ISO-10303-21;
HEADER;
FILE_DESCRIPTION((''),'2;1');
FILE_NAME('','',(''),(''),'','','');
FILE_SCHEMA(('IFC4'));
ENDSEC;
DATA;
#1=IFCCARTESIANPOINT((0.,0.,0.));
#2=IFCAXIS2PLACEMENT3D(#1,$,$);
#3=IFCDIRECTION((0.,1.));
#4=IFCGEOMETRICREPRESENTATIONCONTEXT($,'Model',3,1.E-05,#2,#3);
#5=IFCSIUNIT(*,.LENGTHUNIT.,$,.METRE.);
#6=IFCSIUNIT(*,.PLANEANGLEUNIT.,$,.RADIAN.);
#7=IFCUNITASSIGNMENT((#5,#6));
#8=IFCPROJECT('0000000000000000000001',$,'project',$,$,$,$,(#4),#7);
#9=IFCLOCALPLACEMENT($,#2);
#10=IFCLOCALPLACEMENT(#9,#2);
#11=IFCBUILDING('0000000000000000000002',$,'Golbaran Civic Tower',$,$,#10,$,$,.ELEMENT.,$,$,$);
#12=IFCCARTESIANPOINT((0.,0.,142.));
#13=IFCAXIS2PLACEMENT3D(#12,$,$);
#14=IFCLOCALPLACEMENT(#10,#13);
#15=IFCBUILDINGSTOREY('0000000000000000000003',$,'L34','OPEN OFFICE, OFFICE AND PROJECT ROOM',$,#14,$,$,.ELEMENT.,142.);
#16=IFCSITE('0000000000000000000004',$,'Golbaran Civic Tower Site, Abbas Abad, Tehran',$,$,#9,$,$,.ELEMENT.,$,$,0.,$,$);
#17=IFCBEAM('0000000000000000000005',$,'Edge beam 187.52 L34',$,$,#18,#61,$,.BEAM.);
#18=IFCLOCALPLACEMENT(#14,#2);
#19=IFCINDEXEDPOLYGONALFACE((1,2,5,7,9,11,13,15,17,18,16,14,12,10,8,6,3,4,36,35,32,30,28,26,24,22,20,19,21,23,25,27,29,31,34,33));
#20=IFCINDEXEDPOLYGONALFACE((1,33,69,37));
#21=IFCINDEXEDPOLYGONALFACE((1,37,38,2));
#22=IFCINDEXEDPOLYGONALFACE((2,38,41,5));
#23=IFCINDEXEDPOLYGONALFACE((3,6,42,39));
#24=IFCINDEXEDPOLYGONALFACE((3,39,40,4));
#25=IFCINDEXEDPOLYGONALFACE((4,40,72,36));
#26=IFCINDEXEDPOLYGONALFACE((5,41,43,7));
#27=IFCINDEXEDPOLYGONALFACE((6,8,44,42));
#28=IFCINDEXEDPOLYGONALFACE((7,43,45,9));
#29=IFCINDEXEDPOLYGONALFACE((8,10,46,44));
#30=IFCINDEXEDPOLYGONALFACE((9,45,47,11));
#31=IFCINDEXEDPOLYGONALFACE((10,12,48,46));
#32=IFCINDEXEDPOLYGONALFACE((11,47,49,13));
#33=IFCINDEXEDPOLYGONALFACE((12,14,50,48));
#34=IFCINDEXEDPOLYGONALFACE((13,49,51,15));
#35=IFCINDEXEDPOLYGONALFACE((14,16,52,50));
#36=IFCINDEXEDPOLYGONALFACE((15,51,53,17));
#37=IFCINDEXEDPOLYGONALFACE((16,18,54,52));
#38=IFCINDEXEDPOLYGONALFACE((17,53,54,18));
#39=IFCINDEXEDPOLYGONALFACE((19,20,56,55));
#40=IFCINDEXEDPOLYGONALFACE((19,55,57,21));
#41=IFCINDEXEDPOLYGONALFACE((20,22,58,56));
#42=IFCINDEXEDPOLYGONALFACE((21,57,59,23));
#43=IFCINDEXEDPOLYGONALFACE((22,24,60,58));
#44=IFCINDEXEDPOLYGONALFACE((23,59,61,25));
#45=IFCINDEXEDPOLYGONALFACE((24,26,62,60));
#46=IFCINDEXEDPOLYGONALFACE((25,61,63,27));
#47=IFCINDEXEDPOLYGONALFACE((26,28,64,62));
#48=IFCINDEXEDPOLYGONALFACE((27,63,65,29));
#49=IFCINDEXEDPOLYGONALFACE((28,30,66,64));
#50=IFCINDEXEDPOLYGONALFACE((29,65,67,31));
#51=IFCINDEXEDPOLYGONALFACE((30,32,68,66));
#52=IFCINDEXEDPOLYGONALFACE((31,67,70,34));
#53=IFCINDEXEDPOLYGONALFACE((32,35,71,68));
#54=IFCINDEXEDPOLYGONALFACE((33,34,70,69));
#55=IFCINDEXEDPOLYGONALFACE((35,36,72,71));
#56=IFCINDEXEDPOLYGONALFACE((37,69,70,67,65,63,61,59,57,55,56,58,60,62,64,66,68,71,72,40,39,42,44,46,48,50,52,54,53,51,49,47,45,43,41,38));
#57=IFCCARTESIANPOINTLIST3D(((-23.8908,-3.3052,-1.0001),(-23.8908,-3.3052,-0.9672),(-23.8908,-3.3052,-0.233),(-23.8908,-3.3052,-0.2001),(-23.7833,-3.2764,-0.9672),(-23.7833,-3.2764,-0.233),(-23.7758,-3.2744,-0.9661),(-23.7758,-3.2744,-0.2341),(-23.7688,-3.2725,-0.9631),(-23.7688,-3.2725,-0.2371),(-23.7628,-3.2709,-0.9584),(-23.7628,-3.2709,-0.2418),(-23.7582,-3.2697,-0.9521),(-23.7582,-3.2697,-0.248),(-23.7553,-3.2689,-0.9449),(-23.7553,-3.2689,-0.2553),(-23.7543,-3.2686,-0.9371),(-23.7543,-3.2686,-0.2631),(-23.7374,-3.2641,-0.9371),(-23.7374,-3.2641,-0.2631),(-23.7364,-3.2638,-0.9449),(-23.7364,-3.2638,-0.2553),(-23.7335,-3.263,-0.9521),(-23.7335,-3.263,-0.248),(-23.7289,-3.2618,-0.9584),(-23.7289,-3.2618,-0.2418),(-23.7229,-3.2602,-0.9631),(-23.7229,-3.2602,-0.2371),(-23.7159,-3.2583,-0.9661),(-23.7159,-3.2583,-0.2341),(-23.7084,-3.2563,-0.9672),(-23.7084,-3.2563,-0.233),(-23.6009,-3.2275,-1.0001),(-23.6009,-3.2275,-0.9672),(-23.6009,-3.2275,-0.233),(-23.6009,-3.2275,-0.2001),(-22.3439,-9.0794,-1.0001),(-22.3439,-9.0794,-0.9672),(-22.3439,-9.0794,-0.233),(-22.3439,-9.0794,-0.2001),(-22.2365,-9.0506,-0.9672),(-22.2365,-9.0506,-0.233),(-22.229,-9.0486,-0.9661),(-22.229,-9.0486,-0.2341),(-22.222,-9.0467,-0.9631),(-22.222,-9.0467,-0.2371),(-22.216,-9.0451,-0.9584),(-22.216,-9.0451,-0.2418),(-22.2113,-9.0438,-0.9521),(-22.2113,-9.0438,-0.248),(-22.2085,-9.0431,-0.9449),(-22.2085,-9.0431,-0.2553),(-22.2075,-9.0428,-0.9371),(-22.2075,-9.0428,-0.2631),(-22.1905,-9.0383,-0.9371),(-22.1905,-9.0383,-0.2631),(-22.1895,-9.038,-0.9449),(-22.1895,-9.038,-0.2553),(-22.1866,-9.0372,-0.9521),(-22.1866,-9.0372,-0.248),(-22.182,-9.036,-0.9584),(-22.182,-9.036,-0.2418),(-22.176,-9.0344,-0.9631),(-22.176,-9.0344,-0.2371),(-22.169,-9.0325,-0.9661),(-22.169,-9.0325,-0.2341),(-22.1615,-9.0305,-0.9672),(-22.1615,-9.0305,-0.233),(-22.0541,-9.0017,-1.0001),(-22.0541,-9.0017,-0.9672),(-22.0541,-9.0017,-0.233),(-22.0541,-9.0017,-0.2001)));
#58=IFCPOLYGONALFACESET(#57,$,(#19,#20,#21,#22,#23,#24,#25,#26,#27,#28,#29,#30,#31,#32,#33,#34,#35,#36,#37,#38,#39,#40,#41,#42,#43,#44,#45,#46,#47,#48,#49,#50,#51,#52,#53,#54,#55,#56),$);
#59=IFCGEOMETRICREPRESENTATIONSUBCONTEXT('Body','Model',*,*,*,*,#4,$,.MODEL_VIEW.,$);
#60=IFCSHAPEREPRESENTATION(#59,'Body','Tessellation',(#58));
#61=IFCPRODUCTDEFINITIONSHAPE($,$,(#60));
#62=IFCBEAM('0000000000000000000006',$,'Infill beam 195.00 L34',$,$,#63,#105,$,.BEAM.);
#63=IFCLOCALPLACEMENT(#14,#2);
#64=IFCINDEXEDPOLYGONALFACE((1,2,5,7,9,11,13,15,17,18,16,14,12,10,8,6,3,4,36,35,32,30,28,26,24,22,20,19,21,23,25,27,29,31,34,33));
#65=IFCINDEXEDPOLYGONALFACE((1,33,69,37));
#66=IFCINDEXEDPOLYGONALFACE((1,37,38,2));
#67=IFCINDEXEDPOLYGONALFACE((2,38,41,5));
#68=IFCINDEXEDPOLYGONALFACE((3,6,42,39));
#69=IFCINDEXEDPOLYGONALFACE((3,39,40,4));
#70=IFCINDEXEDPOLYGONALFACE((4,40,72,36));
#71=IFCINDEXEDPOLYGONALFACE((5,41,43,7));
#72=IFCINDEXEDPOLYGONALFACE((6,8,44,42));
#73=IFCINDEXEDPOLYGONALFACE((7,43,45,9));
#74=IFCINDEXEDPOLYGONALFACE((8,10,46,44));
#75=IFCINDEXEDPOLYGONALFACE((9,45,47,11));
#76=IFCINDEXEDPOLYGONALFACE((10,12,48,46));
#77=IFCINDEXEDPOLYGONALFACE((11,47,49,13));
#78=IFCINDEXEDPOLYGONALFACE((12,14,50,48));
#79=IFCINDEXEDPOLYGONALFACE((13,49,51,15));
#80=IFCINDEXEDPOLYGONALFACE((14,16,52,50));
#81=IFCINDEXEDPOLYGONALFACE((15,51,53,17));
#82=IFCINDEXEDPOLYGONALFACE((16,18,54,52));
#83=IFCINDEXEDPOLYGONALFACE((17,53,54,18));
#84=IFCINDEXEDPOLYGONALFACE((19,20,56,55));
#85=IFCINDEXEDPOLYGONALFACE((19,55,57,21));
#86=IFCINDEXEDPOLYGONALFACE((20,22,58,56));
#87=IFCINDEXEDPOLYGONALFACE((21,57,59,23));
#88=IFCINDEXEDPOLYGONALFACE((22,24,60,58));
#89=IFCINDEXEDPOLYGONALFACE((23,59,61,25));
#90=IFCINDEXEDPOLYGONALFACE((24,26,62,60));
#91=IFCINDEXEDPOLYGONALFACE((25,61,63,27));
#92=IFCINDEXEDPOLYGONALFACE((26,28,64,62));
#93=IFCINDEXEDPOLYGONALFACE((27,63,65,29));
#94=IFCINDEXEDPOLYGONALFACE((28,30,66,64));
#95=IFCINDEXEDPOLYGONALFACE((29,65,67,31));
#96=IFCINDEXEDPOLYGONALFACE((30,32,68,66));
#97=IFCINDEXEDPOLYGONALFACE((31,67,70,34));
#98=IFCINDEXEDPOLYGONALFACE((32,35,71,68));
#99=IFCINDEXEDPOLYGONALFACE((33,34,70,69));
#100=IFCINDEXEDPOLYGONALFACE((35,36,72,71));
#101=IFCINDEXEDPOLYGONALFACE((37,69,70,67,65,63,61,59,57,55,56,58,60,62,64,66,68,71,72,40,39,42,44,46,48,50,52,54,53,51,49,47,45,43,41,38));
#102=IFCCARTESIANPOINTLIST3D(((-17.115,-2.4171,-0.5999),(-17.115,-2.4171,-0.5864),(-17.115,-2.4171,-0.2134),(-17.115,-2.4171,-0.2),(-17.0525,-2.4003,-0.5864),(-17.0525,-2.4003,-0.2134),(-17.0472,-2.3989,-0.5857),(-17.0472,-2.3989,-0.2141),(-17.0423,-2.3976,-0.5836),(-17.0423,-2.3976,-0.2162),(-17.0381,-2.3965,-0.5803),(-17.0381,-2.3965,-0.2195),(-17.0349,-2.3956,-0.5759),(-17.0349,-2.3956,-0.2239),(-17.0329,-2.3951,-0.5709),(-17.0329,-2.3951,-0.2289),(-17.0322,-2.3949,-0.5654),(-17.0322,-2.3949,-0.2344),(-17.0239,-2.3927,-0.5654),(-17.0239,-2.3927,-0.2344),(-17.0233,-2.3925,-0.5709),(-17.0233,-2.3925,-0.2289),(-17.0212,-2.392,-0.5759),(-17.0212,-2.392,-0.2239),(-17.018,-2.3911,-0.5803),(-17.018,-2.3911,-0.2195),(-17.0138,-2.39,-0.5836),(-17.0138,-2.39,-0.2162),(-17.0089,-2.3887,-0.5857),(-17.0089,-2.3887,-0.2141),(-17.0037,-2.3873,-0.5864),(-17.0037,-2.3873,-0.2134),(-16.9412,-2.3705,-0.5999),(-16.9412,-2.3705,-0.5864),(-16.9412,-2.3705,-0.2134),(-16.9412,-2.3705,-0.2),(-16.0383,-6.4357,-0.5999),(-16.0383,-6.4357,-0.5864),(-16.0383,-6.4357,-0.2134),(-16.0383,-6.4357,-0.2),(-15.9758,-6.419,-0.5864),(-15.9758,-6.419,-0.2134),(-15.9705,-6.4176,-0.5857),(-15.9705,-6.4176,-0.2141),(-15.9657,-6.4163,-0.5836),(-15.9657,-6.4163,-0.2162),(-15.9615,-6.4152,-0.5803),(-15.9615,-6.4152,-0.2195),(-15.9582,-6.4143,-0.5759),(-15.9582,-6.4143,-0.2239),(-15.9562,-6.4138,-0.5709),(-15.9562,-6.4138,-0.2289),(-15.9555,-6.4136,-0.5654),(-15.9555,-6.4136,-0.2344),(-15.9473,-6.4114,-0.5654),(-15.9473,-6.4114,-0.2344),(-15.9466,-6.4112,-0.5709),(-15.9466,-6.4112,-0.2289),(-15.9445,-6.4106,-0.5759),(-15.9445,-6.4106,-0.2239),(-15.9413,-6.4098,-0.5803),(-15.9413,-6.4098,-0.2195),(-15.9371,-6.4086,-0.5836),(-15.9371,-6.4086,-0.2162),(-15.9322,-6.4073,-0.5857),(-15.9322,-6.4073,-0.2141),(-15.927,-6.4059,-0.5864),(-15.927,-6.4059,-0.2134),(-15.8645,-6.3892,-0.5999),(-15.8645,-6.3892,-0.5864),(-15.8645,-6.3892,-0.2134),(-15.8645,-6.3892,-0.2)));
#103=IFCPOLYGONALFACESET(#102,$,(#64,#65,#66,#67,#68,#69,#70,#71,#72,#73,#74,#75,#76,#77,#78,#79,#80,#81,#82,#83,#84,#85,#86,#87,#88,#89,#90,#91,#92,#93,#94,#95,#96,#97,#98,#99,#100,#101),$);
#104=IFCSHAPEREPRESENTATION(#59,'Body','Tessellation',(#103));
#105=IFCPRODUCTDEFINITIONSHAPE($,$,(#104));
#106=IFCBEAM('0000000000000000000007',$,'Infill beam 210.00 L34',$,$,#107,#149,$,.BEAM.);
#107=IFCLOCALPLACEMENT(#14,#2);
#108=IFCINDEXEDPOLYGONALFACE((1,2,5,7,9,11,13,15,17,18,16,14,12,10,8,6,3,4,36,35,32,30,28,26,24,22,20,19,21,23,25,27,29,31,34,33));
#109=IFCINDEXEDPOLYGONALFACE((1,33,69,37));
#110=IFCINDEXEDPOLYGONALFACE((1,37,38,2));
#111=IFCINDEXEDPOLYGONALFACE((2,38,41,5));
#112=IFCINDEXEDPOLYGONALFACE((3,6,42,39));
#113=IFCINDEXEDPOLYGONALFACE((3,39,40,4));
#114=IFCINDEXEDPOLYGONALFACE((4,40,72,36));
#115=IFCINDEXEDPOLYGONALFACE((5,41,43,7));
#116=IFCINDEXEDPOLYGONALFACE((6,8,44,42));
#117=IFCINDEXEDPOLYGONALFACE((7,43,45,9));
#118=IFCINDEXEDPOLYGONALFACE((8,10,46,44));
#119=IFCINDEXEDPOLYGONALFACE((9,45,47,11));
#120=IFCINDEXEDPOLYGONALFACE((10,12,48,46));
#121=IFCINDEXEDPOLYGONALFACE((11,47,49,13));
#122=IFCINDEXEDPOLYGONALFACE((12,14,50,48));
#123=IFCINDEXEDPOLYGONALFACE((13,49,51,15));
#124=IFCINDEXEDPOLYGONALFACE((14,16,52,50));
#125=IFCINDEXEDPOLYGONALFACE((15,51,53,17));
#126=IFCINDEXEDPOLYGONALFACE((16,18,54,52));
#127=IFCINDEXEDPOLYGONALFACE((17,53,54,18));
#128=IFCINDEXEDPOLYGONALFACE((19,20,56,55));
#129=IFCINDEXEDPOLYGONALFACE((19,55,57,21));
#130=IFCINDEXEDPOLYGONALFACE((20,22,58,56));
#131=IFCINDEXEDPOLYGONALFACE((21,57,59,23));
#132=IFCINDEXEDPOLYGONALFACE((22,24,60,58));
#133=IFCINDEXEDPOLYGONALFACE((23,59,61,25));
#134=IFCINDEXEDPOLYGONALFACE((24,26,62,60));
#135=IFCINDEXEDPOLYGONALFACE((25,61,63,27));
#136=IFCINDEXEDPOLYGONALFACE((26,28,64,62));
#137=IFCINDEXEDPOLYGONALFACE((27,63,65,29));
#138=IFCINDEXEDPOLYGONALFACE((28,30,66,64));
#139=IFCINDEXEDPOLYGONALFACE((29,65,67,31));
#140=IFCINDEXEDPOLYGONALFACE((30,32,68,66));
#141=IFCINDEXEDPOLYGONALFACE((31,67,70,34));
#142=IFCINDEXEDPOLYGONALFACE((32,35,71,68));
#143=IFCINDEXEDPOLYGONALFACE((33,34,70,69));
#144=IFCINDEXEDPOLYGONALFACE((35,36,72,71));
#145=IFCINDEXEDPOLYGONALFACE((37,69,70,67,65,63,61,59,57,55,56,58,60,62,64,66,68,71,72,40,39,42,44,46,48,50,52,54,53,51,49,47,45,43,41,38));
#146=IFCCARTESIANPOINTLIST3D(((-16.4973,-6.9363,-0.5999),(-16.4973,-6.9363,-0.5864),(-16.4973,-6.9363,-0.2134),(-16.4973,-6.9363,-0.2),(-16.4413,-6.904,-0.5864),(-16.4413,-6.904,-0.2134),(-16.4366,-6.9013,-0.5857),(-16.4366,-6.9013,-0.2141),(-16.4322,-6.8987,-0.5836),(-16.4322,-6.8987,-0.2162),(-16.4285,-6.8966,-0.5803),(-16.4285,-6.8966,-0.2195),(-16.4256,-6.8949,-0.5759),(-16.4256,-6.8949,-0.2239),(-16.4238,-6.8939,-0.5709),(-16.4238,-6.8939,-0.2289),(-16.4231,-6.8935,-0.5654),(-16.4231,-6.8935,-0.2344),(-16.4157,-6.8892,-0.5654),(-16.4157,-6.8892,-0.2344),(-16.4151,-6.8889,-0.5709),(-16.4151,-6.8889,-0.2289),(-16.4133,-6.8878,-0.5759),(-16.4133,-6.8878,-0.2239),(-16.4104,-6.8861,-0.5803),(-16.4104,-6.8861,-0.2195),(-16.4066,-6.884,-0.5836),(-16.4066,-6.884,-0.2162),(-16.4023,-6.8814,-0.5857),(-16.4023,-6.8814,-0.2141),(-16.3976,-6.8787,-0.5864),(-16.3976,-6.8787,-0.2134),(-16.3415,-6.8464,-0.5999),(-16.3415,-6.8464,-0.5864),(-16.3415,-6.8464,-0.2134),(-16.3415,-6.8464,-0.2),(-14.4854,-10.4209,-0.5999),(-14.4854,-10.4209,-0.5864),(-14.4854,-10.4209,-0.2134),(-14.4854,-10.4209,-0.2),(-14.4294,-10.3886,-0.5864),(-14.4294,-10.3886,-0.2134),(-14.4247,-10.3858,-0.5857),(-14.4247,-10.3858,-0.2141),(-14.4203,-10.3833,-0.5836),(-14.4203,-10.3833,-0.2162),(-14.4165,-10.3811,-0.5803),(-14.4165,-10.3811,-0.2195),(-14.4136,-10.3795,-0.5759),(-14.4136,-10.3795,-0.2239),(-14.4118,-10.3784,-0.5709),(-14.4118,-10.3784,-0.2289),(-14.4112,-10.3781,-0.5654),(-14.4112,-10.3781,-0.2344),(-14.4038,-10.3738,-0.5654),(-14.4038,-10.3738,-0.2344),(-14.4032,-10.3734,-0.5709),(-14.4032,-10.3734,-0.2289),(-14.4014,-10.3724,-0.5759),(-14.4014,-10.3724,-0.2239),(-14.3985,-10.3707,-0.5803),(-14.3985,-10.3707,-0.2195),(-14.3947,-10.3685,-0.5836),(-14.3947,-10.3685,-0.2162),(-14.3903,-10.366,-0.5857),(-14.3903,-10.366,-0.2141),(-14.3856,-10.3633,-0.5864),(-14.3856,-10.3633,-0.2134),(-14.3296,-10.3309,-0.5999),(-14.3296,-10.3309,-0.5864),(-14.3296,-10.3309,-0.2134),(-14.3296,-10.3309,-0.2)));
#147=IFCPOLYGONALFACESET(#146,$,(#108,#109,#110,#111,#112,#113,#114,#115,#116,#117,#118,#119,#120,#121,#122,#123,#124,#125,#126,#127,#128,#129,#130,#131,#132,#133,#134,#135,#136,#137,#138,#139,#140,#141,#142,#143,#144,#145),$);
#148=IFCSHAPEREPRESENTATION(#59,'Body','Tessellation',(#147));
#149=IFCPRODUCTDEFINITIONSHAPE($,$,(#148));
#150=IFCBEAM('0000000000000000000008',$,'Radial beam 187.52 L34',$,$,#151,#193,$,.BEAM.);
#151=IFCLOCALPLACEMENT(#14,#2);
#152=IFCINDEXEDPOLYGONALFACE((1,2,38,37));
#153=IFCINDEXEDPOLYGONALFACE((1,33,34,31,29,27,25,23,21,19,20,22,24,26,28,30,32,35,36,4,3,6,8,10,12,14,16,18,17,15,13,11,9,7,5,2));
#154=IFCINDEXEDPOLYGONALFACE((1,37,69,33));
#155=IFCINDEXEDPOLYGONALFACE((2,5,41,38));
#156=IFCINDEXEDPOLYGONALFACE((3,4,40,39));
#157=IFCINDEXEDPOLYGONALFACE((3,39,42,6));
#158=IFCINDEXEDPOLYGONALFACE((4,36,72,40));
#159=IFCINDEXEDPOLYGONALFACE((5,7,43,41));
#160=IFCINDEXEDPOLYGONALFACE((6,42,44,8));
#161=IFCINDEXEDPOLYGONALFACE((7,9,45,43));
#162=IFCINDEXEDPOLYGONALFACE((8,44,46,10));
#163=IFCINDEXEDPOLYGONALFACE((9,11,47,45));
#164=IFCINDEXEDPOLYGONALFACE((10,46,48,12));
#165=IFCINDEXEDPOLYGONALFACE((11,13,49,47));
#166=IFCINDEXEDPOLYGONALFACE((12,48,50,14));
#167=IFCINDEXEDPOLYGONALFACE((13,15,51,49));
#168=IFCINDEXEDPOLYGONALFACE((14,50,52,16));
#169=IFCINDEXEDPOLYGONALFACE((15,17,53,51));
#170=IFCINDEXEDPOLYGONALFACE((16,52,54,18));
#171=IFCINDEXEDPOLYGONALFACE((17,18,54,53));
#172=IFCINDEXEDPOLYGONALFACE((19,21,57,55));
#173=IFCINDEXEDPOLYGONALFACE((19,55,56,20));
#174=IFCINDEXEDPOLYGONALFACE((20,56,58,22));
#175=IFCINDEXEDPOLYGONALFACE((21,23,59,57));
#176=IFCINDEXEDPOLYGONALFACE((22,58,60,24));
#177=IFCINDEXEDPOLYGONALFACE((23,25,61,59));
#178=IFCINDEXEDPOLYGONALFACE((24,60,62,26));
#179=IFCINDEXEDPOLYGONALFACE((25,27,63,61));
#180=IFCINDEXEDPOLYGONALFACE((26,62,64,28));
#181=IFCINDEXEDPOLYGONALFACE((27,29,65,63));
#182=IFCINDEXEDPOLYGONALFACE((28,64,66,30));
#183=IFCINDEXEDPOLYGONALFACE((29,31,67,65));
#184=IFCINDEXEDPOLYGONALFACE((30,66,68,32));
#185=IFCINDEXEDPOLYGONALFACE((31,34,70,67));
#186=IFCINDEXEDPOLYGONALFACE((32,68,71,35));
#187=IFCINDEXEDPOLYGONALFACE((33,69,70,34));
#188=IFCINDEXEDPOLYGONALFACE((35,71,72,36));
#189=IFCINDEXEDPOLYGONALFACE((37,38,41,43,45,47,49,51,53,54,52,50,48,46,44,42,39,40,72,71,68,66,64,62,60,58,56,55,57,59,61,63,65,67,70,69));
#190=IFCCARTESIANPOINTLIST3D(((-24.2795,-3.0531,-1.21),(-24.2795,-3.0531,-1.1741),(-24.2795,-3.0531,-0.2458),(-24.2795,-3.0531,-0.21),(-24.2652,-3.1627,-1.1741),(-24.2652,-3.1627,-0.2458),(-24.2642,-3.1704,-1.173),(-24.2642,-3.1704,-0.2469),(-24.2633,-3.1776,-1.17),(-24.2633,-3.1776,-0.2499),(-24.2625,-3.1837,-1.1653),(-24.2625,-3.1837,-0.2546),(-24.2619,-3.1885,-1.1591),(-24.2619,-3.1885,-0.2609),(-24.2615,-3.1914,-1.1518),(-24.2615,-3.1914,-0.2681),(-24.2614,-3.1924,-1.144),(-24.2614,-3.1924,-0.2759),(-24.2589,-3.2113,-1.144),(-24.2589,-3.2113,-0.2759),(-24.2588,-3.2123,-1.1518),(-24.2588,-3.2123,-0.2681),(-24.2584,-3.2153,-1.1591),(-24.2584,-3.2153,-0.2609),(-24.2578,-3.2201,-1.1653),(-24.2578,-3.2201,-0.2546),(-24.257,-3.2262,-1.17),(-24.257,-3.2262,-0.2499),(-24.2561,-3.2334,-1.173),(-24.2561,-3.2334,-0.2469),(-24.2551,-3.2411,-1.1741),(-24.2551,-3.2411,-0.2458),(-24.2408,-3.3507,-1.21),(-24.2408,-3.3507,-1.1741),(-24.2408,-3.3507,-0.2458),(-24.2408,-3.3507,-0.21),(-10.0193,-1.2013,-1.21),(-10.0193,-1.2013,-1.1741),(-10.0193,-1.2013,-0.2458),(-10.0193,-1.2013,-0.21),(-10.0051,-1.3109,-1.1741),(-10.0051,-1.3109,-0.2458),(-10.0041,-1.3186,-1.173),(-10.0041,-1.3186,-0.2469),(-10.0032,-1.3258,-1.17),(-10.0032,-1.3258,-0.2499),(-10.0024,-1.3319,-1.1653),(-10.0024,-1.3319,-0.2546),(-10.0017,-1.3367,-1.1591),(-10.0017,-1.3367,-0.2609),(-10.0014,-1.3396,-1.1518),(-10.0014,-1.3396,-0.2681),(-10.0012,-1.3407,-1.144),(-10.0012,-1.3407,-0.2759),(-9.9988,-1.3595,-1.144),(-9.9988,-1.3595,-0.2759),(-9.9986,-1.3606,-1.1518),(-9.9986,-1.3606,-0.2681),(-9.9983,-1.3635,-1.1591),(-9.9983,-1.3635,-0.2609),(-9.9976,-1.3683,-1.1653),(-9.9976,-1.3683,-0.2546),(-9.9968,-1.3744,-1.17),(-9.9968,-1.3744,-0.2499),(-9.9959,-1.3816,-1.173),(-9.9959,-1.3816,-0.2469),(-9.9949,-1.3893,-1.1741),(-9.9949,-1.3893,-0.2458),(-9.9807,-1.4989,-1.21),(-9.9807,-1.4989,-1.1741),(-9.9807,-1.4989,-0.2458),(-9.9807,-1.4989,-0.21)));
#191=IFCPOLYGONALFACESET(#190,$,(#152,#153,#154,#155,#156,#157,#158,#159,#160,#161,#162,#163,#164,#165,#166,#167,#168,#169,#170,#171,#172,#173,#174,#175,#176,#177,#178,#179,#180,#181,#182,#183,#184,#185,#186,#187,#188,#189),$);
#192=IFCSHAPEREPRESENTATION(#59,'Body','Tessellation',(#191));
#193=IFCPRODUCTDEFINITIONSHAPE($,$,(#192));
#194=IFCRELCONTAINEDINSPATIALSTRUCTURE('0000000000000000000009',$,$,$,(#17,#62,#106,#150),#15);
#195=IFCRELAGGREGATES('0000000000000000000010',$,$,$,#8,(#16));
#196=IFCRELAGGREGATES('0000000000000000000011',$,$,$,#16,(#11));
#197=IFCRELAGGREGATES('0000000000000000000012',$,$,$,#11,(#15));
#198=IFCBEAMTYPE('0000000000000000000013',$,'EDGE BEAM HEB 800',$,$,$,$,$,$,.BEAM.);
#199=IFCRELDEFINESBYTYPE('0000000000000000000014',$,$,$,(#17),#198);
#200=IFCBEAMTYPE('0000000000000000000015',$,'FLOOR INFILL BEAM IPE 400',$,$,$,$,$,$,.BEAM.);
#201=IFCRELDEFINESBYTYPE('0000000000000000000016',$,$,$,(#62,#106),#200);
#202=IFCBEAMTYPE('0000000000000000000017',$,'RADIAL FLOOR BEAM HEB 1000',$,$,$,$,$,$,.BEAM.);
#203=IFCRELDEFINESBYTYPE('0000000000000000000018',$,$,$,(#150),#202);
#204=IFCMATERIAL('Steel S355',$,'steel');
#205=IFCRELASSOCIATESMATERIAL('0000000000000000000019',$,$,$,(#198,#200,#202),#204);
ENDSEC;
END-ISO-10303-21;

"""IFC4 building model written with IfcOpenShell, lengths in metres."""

from ifc_helpers import new_model, si_unit, direction, frame, origin, origin_2d, place, context, subcontext, project, spatial, i_section, extrude, material, material_profile, profile_set, type_object, element, save


model = new_model("IFC4")

# Units and contexts
model_context = context("Model", 3, precision=1e-05, world=origin(), true_north=direction((0.0, 1.0)))
body_context = subcontext(model_context, "Body", "Model", "MODEL_VIEW")
ifc_project = project(units=[si_unit("LENGTHUNIT", "METRE"), si_unit("PLANEANGLEUNIT", "RADIAN")], contexts=[model_context])

# Site, building, storey
site_placement = place(None, origin())
site = spatial("IfcSite", under=ifc_project, at=site_placement, Name="Golbaran Civic Tower Site, Abbas Abad, Tehran", CompositionType="ELEMENT", RefElevation=0.0)
building_placement = place(site_placement, origin())
building = spatial("IfcBuilding", under=site, at=building_placement, Name="Golbaran Civic Tower", CompositionType="ELEMENT")
storey_placement = place(building_placement, frame((0.0, 0.0, 142.0)))
storey = spatial("IfcBuildingStorey", under=building, at=storey_placement, Name="L34", Description="OPEN OFFICE, OFFICE AND PROJECT ROOM", CompositionType="ELEMENT", Elevation=142.0)

# Beams
ifc_material_1 = material(Name="Steel S355", Category="steel")
ifc_material_profile_1 = material_profile(ifc_material_1, i_section(OverallWidth=0.3, OverallDepth=0.8, WebThickness=0.0176, FlangeThickness=0.033, FilletRadius=0.03, at=origin_2d()), Name="HEB 800")
ifc_profile_set_1 = profile_set([ifc_material_profile_1], Name="Steel S355")
beam_type_1 = type_object("IfcBeamType", Name="EDGE BEAM HEB 800", PredefinedType="BEAM", material=ifc_profile_set_1)
beam_1_placement = place(storey_placement, frame((-23.7458, -3.2664, -0.6001), z_axis=(0.258771, -0.965939, 0.0), x_axis=(0.965939, 0.258771, 0.0)))
element("IfcBeam", 1, at=beam_1_placement, inside=storey, type_object=beam_type_1, Name="Edge beam 187.52 L34", PredefinedType="BEAM", context=body_context, shape_type="SweptSolid", body=[
    extrude(i_section(OverallWidth=0.3, OverallDepth=0.8, WebThickness=0.0176, FlangeThickness=0.033, FilletRadius=0.03, at=origin_2d()), origin(), (0.0, 0.0, 1.0), 5.9778),
])
ifc_material_profile_2 = material_profile(ifc_material_1, i_section(OverallWidth=0.1799, OverallDepth=0.3999, WebThickness=0.0085, FlangeThickness=0.0134, FilletRadius=0.021, at=origin_2d()), Name="IPE 400")
ifc_profile_set_2 = profile_set([ifc_material_profile_2], Name="Steel S355")
beam_type_2 = type_object("IfcBeamType", Name="FLOOR INFILL BEAM IPE 400", PredefinedType="BEAM", material=ifc_profile_set_2)
beam_2_placement = place(storey_placement, frame((-17.0281, -2.3938, -0.3999), z_axis=(0.258795, -0.965932, 0.0), x_axis=(0.965932, 0.258795, 0.0)))
element("IfcBeam", 2, at=beam_2_placement, inside=storey, type_object=beam_type_2, Name="Infill beam 195.00 L34", PredefinedType="BEAM", context=body_context, shape_type="SweptSolid", body=[
    extrude(i_section(OverallWidth=0.1799, OverallDepth=0.3999, WebThickness=0.0085, FlangeThickness=0.0134, FilletRadius=0.021, at=origin_2d()), origin(), (0.0, 0.0, 1.0), 4.1604),
])
beam_3_placement = place(storey_placement, frame((-16.4194, -6.8914, -0.3999), z_axis=(0.500022, -0.866013, 0.0), x_axis=(0.866013, 0.500022, 0.0)))
element("IfcBeam", 3, at=beam_3_placement, inside=storey, type_object=beam_type_2, Name="Infill beam 210.00 L34", PredefinedType="BEAM", context=body_context, shape_type="SweptSolid", body=[
    extrude(i_section(OverallWidth=0.1799, OverallDepth=0.3999, WebThickness=0.0085, FlangeThickness=0.0134, FilletRadius=0.021, at=origin_2d()), origin(), (0.0, 0.0, 1.0), 4.0237),
])
ifc_material_profile_3 = material_profile(ifc_material_1, i_section(OverallWidth=0.3, OverallDepth=1.0, WebThickness=0.019, FlangeThickness=0.0359, FilletRadius=0.03, at=origin_2d()), Name="HEB 1000")
ifc_profile_set_3 = profile_set([ifc_material_profile_3], Name="Steel S355")
beam_type_3 = type_object("IfcBeamType", Name="RADIAL FLOOR BEAM HEB 1000", PredefinedType="BEAM", material=ifc_profile_set_3)
beam_4_placement = place(storey_placement, frame((-10.0, -1.3501, -0.71), z_axis=(-0.991674, -0.128777, 0.0), x_axis=(0.128777, -0.991674, 0.0)))
element("IfcBeam", 4, at=beam_4_placement, inside=storey, type_object=beam_type_3, Name="Radial beam 187.52 L34", PredefinedType="BEAM", context=body_context, shape_type="SweptSolid", body=[
    extrude(i_section(OverallWidth=0.3, OverallDepth=1.0, WebThickness=0.019, FlangeThickness=0.0359, FilletRadius=0.03, at=origin_2d()), origin(), (0.0, 0.0, 1.0), 14.3799),
])

save(model, "model.ifc")
